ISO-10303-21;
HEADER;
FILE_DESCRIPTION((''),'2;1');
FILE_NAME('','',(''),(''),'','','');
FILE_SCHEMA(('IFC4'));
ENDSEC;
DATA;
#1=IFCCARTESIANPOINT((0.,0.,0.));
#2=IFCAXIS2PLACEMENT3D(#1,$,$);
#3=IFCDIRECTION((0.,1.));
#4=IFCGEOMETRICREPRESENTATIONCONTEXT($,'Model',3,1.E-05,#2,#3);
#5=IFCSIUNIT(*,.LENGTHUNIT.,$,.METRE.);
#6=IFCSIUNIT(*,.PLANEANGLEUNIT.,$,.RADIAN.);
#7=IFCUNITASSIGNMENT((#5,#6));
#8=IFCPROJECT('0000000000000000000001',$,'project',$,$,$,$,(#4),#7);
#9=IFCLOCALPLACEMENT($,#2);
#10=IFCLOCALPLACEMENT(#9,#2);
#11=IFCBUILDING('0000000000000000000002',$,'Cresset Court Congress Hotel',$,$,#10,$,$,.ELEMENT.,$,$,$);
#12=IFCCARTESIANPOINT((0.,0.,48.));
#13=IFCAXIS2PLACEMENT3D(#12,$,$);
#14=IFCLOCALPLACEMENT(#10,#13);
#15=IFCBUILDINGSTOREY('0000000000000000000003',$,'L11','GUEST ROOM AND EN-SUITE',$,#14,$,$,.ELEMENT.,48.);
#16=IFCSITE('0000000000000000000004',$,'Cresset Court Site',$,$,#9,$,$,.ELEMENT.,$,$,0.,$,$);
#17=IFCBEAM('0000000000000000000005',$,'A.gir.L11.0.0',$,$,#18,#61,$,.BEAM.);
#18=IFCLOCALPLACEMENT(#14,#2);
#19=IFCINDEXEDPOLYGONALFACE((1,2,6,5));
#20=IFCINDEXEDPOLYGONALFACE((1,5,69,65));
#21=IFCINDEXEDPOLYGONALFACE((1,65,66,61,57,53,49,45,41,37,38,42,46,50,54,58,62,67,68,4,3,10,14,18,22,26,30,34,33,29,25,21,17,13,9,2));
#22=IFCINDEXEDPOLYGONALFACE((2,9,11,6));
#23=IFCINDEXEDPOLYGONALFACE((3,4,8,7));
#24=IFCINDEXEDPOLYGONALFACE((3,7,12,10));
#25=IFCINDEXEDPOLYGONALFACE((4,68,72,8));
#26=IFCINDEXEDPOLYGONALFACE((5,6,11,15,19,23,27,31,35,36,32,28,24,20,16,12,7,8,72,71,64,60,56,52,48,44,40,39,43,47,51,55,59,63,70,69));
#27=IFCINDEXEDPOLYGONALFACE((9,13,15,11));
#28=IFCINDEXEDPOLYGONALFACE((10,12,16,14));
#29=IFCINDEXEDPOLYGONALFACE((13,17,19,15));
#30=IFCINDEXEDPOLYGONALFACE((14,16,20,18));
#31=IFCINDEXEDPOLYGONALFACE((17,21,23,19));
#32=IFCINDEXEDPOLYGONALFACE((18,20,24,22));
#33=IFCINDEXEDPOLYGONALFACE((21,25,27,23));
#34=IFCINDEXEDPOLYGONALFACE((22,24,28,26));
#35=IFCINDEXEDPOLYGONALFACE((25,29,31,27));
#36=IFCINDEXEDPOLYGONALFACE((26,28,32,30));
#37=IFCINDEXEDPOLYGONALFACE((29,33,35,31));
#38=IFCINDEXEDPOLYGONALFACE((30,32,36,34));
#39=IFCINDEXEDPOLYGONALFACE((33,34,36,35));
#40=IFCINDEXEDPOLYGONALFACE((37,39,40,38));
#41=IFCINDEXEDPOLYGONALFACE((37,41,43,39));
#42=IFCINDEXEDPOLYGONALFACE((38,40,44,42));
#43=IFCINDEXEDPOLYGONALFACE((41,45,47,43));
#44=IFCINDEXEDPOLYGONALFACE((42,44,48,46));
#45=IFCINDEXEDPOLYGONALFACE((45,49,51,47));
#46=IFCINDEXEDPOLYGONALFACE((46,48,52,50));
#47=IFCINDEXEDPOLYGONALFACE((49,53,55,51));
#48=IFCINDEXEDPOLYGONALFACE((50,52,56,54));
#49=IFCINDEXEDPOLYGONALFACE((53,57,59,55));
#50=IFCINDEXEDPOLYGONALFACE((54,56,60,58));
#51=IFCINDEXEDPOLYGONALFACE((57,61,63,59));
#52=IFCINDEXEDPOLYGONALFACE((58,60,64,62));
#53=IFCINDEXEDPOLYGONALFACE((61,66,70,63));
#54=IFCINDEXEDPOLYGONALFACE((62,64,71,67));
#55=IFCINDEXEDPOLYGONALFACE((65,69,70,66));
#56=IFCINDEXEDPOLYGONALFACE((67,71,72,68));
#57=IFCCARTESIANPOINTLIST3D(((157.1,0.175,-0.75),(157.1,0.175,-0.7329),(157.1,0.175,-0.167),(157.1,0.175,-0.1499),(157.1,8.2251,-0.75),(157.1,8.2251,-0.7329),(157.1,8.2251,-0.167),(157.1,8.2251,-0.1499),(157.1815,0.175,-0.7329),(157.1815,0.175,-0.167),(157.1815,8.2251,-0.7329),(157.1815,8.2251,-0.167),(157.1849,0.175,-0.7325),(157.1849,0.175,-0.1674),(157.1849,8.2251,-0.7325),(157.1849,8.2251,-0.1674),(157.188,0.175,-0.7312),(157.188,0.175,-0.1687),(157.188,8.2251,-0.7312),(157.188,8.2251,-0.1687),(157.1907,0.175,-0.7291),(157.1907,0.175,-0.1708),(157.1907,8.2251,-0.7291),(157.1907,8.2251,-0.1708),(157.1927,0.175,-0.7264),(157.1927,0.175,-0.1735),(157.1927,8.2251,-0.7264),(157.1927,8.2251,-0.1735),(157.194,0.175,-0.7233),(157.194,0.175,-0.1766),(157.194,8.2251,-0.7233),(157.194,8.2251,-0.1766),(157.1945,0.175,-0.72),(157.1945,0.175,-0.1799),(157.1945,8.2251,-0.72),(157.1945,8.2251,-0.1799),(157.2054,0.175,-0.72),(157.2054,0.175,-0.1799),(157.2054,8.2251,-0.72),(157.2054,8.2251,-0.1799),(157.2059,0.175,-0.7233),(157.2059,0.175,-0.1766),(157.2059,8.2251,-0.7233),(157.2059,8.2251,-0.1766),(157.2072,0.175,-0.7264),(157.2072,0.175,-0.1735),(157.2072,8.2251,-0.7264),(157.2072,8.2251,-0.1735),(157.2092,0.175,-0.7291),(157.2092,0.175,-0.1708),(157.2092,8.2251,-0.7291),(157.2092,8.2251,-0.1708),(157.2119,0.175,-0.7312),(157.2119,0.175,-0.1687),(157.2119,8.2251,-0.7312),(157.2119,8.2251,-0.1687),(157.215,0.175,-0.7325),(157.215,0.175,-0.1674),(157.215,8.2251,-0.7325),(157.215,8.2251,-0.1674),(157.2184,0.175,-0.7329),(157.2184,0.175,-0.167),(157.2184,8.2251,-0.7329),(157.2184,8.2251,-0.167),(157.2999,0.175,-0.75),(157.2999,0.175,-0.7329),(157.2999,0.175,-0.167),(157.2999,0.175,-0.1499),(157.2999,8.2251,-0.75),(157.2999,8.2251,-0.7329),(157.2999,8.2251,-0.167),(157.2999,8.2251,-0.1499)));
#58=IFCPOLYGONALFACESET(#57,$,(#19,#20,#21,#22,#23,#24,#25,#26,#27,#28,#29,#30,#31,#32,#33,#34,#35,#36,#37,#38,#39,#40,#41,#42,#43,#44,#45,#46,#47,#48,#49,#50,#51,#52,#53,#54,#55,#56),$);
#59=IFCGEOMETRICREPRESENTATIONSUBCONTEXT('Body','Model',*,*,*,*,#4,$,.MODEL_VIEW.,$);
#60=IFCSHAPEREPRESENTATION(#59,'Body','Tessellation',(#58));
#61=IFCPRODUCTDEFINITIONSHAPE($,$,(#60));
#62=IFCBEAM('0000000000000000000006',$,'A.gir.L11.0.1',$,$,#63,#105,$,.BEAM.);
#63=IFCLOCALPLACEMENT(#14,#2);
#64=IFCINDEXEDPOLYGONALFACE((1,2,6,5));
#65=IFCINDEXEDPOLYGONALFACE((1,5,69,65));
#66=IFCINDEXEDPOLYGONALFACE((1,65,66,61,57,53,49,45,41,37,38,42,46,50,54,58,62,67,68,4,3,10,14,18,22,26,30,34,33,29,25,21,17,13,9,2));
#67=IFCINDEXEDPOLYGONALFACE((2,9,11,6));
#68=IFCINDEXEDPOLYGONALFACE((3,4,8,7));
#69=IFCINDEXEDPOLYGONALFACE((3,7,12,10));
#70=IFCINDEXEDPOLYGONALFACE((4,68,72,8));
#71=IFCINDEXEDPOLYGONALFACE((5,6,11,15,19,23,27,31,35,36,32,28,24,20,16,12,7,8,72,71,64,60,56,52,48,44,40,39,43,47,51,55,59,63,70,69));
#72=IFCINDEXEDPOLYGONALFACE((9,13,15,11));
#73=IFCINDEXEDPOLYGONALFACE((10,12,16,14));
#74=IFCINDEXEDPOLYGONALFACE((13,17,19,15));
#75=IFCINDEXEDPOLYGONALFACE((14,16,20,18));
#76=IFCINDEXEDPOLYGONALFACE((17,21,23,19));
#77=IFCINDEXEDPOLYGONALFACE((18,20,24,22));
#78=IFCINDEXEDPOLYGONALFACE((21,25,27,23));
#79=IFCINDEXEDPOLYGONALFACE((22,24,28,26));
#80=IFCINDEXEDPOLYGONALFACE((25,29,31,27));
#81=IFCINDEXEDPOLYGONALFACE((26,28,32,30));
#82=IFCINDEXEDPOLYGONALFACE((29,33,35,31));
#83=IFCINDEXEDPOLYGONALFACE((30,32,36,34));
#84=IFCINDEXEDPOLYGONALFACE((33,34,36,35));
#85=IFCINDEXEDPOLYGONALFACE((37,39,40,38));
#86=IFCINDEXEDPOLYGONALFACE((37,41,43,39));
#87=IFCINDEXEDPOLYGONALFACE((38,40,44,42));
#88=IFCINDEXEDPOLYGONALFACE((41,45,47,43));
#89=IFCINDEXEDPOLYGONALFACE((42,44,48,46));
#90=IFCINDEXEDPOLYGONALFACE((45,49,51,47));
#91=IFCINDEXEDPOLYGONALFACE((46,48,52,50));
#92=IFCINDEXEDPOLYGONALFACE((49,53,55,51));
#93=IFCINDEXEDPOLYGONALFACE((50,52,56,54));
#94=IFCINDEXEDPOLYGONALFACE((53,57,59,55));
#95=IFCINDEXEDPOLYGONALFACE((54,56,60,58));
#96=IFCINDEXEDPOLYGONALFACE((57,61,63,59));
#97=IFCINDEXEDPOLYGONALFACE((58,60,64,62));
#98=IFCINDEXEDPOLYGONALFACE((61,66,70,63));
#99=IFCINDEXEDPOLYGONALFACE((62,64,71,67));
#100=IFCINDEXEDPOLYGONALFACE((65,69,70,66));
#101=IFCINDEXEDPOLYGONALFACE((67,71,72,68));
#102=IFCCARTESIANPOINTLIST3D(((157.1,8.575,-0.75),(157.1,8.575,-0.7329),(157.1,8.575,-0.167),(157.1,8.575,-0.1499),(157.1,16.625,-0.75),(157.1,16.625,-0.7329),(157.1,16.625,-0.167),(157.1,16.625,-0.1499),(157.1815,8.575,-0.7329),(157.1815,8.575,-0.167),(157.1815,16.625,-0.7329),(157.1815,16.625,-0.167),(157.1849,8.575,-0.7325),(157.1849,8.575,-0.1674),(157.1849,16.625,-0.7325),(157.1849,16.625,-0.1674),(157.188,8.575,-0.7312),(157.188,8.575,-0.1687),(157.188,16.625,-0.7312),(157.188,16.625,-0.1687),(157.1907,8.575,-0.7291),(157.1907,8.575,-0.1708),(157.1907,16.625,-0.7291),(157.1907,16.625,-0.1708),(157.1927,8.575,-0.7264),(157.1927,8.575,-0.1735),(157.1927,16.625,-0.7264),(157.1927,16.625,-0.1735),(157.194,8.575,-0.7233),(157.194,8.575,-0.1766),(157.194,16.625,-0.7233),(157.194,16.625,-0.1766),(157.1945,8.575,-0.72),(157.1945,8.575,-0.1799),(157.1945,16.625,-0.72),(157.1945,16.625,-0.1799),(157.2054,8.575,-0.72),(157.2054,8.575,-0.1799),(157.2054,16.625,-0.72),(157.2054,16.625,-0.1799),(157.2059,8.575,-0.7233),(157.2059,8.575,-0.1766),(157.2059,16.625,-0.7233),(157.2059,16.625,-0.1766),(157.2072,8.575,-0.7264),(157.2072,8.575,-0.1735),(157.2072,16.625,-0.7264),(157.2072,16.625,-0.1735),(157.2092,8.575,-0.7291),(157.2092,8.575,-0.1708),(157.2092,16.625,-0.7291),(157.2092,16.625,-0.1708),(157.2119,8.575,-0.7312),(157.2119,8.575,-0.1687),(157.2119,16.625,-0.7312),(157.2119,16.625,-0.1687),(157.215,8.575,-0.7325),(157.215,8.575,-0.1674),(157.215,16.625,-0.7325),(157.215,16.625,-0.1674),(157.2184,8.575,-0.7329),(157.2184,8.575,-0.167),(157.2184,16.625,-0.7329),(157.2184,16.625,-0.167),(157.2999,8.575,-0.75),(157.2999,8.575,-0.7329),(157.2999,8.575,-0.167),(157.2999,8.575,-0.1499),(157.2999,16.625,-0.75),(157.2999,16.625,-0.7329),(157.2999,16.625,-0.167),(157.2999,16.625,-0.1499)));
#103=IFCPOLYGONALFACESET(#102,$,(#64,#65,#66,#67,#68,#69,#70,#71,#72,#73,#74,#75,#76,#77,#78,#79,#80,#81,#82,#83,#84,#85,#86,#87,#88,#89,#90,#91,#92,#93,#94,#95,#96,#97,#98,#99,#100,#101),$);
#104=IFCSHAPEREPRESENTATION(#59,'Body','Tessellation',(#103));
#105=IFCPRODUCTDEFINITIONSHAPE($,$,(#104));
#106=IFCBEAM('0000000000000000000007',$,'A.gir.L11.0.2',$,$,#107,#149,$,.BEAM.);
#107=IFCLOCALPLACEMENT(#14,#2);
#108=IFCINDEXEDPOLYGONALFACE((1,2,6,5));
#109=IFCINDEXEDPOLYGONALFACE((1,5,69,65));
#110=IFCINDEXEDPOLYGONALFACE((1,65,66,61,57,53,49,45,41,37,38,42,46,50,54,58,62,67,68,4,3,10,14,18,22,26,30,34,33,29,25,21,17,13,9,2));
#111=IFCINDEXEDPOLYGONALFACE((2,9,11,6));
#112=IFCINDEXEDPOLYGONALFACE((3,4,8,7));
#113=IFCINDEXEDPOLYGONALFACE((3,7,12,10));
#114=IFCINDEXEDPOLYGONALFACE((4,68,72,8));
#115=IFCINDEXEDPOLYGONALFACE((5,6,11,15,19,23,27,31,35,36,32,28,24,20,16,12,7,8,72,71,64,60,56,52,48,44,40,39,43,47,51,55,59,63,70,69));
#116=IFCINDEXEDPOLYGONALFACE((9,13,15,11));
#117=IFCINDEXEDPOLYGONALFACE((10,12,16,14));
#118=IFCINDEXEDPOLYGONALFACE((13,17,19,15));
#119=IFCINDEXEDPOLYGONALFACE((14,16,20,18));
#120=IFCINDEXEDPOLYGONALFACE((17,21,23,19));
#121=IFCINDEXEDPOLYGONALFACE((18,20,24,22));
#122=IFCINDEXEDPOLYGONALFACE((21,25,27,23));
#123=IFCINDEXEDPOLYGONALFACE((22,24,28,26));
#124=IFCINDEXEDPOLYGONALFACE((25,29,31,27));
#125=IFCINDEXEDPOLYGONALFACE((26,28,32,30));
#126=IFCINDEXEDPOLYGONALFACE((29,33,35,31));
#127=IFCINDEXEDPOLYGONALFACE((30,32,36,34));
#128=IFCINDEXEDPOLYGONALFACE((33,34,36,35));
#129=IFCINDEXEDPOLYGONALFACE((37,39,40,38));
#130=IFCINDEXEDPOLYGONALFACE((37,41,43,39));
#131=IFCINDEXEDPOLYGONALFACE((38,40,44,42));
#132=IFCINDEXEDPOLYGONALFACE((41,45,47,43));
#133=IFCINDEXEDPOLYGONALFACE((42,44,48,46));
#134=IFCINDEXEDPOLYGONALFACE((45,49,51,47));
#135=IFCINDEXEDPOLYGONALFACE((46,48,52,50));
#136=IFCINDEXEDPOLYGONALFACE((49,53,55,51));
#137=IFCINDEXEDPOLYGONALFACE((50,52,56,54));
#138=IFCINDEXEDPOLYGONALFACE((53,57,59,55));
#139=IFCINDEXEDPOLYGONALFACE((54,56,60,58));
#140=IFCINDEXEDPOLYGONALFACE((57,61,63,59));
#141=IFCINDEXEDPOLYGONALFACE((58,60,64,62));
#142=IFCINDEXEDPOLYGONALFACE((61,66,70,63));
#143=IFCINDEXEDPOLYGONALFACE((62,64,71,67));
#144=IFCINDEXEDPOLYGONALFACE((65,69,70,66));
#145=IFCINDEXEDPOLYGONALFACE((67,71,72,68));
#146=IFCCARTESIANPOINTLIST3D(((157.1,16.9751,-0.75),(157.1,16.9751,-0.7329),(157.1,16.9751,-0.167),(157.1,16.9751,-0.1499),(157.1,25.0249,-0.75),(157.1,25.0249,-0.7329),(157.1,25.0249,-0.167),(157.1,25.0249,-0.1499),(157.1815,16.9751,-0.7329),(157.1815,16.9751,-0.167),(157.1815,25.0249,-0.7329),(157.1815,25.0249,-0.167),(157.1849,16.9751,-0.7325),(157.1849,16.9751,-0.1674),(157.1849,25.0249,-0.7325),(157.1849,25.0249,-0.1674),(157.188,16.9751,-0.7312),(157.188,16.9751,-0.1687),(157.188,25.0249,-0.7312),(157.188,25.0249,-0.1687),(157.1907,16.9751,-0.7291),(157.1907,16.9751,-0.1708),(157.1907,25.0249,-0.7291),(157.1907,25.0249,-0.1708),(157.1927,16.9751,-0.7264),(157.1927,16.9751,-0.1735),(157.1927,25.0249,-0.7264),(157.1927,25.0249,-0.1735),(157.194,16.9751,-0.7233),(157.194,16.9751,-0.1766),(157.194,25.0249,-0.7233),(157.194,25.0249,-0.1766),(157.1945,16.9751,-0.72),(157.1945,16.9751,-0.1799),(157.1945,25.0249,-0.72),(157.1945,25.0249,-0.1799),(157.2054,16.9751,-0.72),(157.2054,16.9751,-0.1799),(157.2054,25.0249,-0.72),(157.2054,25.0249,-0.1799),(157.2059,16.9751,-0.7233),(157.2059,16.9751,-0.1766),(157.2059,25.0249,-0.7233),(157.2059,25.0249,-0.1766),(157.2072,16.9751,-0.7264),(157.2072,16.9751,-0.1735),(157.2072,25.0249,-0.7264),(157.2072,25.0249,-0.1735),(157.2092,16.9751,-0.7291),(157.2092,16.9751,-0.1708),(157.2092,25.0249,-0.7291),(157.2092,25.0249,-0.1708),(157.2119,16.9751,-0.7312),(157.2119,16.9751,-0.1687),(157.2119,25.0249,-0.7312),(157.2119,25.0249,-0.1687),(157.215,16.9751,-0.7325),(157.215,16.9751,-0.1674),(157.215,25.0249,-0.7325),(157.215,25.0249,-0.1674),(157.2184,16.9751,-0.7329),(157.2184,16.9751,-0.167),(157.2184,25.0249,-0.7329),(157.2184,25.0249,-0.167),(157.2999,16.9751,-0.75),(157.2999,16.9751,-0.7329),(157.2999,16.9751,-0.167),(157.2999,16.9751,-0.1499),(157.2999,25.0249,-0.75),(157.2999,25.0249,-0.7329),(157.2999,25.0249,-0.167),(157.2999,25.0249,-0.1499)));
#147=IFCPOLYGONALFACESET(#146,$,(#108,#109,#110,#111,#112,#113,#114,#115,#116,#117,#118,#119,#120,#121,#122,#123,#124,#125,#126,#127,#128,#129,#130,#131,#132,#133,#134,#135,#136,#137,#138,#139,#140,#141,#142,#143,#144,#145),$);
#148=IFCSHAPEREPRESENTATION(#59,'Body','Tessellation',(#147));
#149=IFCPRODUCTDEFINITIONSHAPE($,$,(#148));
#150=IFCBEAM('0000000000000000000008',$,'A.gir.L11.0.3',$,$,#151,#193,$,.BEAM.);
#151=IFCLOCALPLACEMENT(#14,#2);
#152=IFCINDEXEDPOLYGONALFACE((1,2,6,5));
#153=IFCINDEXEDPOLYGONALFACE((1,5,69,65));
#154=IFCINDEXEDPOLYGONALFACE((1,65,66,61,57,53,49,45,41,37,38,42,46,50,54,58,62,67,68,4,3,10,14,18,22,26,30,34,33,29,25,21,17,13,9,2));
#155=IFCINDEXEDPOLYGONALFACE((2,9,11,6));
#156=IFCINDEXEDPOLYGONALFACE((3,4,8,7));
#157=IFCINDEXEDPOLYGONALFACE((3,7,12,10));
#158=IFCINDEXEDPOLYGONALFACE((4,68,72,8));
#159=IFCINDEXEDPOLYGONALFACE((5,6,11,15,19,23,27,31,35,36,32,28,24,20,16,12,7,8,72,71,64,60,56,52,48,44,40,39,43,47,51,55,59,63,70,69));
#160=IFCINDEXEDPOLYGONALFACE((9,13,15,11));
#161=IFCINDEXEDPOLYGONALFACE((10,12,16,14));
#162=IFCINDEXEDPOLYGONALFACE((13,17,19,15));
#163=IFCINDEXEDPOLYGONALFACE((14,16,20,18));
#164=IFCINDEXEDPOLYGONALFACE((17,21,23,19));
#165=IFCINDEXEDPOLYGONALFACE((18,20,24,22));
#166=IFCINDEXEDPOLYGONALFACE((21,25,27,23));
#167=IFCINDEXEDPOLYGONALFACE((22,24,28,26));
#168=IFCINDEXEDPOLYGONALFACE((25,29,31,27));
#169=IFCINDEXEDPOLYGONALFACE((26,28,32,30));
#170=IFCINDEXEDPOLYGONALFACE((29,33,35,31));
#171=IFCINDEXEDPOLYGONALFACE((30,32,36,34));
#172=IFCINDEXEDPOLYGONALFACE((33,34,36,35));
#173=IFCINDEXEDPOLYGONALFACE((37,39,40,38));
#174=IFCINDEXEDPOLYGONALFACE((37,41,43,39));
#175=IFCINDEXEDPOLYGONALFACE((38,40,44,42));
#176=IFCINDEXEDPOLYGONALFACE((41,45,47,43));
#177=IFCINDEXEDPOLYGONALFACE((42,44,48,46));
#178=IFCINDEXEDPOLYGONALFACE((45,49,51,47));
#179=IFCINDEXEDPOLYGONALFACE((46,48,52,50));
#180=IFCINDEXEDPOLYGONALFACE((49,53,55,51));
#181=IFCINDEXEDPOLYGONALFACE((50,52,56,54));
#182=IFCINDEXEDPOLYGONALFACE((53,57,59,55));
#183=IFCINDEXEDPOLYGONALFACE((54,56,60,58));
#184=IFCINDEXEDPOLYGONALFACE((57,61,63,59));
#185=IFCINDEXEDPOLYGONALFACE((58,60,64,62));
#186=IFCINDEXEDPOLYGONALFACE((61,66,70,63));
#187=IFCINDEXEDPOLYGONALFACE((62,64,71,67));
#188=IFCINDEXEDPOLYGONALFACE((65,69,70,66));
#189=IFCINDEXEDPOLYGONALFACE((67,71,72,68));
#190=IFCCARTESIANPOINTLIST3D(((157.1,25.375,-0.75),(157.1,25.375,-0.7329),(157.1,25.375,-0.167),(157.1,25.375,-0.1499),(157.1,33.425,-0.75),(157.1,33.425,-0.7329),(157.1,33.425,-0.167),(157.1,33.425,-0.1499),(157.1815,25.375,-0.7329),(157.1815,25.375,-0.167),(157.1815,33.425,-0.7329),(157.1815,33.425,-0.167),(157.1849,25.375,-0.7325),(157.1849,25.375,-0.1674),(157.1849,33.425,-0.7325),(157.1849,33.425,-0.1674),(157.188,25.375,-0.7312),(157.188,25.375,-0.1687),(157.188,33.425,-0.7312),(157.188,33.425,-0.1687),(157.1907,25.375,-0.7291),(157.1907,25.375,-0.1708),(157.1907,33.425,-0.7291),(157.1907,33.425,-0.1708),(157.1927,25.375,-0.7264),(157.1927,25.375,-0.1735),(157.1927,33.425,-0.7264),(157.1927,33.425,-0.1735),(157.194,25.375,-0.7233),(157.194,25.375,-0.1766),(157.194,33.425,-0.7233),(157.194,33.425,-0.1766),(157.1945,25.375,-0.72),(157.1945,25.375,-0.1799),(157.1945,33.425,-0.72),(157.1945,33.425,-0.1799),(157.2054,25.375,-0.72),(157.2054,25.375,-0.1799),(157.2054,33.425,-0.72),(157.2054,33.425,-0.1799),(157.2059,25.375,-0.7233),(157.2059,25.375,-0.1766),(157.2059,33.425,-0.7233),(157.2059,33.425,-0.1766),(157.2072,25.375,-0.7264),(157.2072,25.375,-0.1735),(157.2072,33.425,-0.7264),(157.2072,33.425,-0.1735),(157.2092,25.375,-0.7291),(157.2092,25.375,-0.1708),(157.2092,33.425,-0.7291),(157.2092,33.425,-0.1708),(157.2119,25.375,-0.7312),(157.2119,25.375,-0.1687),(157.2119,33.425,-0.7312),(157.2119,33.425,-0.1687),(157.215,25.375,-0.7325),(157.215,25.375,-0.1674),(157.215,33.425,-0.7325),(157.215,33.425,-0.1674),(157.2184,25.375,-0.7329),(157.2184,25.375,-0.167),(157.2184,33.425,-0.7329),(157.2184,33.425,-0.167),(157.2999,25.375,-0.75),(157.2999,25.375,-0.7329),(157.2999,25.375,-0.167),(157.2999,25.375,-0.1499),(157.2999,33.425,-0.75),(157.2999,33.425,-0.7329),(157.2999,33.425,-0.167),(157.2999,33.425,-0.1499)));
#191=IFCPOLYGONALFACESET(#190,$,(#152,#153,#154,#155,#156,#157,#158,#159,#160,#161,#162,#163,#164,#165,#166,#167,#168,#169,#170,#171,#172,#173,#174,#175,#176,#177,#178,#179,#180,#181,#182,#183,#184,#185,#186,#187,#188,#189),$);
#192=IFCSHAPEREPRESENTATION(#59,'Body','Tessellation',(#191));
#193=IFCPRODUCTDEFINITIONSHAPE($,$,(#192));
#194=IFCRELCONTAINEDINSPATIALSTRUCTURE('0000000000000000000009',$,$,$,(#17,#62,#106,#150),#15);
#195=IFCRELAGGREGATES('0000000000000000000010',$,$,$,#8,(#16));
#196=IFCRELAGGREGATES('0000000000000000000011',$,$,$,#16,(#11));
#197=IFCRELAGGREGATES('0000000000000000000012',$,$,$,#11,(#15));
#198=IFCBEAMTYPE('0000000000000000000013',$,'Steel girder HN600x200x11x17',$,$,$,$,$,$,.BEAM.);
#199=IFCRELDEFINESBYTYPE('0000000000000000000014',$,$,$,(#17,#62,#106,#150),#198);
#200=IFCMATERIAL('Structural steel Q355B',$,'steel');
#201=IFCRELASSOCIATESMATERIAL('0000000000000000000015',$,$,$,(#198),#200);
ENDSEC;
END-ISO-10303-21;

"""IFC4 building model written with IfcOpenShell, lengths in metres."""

from ifc_helpers import new_model, si_unit, direction, frame, origin, origin_2d, place, context, subcontext, project, spatial, i_section, extrude, material, material_profile, profile_set, type_object, element, save


model = new_model("IFC4")

# Units and contexts
model_context = context("Model", 3, precision=1e-05, world=origin(), true_north=direction((0.0, 1.0)))
body_context = subcontext(model_context, "Body", "Model", "MODEL_VIEW")
ifc_project = project(units=[si_unit("LENGTHUNIT", "METRE"), si_unit("PLANEANGLEUNIT", "RADIAN")], contexts=[model_context])

# Site, building, storey
site_placement = place(None, origin())
site = spatial("IfcSite", under=ifc_project, at=site_placement, Name="Cresset Court Site", CompositionType="ELEMENT", RefElevation=0.0)
building_placement = place(site_placement, origin())
building = spatial("IfcBuilding", under=site, at=building_placement, Name="Cresset Court Congress Hotel", CompositionType="ELEMENT")
storey_placement = place(building_placement, frame((0.0, 0.0, 48.0)))
storey = spatial("IfcBuildingStorey", under=building, at=storey_placement, Name="L11", Description="GUEST ROOM AND EN-SUITE", CompositionType="ELEMENT", Elevation=48.0)

# Beams
ifc_material_1 = material(Name="Structural steel Q355B", Category="steel")
ifc_material_profile_1 = material_profile(ifc_material_1, i_section(OverallWidth=0.2, OverallDepth=0.6001, WebThickness=0.011, FlangeThickness=0.0171, FilletRadius=0.0129, at=origin_2d()), Name="HN600x200x11x17")
ifc_profile_set_1 = profile_set([ifc_material_profile_1], Name="Structural steel Q355B")
beam_type_1 = type_object("IfcBeamType", Name="Steel girder HN600x200x11x17", PredefinedType="BEAM", material=ifc_profile_set_1)
for number, where, z_axis, x_axis, name in (
    (1, (157.2, 0.175, -0.45), (0.0, 1.0, 0.0), (-1.0, 0.0, 0.0), "A.gir.L11.0.0"),
    (2, (157.2, 8.575, -0.45), (0.0, 1.0, 0.0), (-1.0, 0.0, 0.0), "A.gir.L11.0.1"),
):
    element("IfcBeam", number, at=place(storey_placement, frame(where, z_axis=z_axis, x_axis=x_axis)), inside=storey, type_object=beam_type_1, Name=name, PredefinedType="BEAM", context=body_context, shape_type="SweptSolid", body=[
        extrude(i_section(OverallWidth=0.2, OverallDepth=0.6001, WebThickness=0.011, FlangeThickness=0.0171, FilletRadius=0.0129, at=origin_2d()), origin(), (0.0, 0.0, 1.0), 8.05),
    ])
beam_1_placement = place(storey_placement, frame((157.2, 16.9751, -0.45), z_axis=(0.0, 1.0, 0.0), x_axis=(-1.0, 0.0, 0.0)))
element("IfcBeam", 3, at=beam_1_placement, inside=storey, type_object=beam_type_1, Name="A.gir.L11.0.2", PredefinedType="BEAM", context=body_context, shape_type="SweptSolid", body=[
    extrude(i_section(OverallWidth=0.2, OverallDepth=0.6001, WebThickness=0.011, FlangeThickness=0.0171, FilletRadius=0.0129, at=origin_2d()), origin(), (0.0, 0.0, 1.0), 8.0498),
])
beam_2_placement = place(storey_placement, frame((157.2, 25.375, -0.45), z_axis=(0.0, 1.0, 0.0), x_axis=(-1.0, 0.0, 0.0)))
element("IfcBeam", 4, at=beam_2_placement, inside=storey, type_object=beam_type_1, Name="A.gir.L11.0.3", PredefinedType="BEAM", context=body_context, shape_type="SweptSolid", body=[
    extrude(i_section(OverallWidth=0.2, OverallDepth=0.6001, WebThickness=0.011, FlangeThickness=0.0171, FilletRadius=0.0129, at=origin_2d()), origin(), (0.0, 0.0, 1.0), 8.05),
])

save(model, "model.ifc")
